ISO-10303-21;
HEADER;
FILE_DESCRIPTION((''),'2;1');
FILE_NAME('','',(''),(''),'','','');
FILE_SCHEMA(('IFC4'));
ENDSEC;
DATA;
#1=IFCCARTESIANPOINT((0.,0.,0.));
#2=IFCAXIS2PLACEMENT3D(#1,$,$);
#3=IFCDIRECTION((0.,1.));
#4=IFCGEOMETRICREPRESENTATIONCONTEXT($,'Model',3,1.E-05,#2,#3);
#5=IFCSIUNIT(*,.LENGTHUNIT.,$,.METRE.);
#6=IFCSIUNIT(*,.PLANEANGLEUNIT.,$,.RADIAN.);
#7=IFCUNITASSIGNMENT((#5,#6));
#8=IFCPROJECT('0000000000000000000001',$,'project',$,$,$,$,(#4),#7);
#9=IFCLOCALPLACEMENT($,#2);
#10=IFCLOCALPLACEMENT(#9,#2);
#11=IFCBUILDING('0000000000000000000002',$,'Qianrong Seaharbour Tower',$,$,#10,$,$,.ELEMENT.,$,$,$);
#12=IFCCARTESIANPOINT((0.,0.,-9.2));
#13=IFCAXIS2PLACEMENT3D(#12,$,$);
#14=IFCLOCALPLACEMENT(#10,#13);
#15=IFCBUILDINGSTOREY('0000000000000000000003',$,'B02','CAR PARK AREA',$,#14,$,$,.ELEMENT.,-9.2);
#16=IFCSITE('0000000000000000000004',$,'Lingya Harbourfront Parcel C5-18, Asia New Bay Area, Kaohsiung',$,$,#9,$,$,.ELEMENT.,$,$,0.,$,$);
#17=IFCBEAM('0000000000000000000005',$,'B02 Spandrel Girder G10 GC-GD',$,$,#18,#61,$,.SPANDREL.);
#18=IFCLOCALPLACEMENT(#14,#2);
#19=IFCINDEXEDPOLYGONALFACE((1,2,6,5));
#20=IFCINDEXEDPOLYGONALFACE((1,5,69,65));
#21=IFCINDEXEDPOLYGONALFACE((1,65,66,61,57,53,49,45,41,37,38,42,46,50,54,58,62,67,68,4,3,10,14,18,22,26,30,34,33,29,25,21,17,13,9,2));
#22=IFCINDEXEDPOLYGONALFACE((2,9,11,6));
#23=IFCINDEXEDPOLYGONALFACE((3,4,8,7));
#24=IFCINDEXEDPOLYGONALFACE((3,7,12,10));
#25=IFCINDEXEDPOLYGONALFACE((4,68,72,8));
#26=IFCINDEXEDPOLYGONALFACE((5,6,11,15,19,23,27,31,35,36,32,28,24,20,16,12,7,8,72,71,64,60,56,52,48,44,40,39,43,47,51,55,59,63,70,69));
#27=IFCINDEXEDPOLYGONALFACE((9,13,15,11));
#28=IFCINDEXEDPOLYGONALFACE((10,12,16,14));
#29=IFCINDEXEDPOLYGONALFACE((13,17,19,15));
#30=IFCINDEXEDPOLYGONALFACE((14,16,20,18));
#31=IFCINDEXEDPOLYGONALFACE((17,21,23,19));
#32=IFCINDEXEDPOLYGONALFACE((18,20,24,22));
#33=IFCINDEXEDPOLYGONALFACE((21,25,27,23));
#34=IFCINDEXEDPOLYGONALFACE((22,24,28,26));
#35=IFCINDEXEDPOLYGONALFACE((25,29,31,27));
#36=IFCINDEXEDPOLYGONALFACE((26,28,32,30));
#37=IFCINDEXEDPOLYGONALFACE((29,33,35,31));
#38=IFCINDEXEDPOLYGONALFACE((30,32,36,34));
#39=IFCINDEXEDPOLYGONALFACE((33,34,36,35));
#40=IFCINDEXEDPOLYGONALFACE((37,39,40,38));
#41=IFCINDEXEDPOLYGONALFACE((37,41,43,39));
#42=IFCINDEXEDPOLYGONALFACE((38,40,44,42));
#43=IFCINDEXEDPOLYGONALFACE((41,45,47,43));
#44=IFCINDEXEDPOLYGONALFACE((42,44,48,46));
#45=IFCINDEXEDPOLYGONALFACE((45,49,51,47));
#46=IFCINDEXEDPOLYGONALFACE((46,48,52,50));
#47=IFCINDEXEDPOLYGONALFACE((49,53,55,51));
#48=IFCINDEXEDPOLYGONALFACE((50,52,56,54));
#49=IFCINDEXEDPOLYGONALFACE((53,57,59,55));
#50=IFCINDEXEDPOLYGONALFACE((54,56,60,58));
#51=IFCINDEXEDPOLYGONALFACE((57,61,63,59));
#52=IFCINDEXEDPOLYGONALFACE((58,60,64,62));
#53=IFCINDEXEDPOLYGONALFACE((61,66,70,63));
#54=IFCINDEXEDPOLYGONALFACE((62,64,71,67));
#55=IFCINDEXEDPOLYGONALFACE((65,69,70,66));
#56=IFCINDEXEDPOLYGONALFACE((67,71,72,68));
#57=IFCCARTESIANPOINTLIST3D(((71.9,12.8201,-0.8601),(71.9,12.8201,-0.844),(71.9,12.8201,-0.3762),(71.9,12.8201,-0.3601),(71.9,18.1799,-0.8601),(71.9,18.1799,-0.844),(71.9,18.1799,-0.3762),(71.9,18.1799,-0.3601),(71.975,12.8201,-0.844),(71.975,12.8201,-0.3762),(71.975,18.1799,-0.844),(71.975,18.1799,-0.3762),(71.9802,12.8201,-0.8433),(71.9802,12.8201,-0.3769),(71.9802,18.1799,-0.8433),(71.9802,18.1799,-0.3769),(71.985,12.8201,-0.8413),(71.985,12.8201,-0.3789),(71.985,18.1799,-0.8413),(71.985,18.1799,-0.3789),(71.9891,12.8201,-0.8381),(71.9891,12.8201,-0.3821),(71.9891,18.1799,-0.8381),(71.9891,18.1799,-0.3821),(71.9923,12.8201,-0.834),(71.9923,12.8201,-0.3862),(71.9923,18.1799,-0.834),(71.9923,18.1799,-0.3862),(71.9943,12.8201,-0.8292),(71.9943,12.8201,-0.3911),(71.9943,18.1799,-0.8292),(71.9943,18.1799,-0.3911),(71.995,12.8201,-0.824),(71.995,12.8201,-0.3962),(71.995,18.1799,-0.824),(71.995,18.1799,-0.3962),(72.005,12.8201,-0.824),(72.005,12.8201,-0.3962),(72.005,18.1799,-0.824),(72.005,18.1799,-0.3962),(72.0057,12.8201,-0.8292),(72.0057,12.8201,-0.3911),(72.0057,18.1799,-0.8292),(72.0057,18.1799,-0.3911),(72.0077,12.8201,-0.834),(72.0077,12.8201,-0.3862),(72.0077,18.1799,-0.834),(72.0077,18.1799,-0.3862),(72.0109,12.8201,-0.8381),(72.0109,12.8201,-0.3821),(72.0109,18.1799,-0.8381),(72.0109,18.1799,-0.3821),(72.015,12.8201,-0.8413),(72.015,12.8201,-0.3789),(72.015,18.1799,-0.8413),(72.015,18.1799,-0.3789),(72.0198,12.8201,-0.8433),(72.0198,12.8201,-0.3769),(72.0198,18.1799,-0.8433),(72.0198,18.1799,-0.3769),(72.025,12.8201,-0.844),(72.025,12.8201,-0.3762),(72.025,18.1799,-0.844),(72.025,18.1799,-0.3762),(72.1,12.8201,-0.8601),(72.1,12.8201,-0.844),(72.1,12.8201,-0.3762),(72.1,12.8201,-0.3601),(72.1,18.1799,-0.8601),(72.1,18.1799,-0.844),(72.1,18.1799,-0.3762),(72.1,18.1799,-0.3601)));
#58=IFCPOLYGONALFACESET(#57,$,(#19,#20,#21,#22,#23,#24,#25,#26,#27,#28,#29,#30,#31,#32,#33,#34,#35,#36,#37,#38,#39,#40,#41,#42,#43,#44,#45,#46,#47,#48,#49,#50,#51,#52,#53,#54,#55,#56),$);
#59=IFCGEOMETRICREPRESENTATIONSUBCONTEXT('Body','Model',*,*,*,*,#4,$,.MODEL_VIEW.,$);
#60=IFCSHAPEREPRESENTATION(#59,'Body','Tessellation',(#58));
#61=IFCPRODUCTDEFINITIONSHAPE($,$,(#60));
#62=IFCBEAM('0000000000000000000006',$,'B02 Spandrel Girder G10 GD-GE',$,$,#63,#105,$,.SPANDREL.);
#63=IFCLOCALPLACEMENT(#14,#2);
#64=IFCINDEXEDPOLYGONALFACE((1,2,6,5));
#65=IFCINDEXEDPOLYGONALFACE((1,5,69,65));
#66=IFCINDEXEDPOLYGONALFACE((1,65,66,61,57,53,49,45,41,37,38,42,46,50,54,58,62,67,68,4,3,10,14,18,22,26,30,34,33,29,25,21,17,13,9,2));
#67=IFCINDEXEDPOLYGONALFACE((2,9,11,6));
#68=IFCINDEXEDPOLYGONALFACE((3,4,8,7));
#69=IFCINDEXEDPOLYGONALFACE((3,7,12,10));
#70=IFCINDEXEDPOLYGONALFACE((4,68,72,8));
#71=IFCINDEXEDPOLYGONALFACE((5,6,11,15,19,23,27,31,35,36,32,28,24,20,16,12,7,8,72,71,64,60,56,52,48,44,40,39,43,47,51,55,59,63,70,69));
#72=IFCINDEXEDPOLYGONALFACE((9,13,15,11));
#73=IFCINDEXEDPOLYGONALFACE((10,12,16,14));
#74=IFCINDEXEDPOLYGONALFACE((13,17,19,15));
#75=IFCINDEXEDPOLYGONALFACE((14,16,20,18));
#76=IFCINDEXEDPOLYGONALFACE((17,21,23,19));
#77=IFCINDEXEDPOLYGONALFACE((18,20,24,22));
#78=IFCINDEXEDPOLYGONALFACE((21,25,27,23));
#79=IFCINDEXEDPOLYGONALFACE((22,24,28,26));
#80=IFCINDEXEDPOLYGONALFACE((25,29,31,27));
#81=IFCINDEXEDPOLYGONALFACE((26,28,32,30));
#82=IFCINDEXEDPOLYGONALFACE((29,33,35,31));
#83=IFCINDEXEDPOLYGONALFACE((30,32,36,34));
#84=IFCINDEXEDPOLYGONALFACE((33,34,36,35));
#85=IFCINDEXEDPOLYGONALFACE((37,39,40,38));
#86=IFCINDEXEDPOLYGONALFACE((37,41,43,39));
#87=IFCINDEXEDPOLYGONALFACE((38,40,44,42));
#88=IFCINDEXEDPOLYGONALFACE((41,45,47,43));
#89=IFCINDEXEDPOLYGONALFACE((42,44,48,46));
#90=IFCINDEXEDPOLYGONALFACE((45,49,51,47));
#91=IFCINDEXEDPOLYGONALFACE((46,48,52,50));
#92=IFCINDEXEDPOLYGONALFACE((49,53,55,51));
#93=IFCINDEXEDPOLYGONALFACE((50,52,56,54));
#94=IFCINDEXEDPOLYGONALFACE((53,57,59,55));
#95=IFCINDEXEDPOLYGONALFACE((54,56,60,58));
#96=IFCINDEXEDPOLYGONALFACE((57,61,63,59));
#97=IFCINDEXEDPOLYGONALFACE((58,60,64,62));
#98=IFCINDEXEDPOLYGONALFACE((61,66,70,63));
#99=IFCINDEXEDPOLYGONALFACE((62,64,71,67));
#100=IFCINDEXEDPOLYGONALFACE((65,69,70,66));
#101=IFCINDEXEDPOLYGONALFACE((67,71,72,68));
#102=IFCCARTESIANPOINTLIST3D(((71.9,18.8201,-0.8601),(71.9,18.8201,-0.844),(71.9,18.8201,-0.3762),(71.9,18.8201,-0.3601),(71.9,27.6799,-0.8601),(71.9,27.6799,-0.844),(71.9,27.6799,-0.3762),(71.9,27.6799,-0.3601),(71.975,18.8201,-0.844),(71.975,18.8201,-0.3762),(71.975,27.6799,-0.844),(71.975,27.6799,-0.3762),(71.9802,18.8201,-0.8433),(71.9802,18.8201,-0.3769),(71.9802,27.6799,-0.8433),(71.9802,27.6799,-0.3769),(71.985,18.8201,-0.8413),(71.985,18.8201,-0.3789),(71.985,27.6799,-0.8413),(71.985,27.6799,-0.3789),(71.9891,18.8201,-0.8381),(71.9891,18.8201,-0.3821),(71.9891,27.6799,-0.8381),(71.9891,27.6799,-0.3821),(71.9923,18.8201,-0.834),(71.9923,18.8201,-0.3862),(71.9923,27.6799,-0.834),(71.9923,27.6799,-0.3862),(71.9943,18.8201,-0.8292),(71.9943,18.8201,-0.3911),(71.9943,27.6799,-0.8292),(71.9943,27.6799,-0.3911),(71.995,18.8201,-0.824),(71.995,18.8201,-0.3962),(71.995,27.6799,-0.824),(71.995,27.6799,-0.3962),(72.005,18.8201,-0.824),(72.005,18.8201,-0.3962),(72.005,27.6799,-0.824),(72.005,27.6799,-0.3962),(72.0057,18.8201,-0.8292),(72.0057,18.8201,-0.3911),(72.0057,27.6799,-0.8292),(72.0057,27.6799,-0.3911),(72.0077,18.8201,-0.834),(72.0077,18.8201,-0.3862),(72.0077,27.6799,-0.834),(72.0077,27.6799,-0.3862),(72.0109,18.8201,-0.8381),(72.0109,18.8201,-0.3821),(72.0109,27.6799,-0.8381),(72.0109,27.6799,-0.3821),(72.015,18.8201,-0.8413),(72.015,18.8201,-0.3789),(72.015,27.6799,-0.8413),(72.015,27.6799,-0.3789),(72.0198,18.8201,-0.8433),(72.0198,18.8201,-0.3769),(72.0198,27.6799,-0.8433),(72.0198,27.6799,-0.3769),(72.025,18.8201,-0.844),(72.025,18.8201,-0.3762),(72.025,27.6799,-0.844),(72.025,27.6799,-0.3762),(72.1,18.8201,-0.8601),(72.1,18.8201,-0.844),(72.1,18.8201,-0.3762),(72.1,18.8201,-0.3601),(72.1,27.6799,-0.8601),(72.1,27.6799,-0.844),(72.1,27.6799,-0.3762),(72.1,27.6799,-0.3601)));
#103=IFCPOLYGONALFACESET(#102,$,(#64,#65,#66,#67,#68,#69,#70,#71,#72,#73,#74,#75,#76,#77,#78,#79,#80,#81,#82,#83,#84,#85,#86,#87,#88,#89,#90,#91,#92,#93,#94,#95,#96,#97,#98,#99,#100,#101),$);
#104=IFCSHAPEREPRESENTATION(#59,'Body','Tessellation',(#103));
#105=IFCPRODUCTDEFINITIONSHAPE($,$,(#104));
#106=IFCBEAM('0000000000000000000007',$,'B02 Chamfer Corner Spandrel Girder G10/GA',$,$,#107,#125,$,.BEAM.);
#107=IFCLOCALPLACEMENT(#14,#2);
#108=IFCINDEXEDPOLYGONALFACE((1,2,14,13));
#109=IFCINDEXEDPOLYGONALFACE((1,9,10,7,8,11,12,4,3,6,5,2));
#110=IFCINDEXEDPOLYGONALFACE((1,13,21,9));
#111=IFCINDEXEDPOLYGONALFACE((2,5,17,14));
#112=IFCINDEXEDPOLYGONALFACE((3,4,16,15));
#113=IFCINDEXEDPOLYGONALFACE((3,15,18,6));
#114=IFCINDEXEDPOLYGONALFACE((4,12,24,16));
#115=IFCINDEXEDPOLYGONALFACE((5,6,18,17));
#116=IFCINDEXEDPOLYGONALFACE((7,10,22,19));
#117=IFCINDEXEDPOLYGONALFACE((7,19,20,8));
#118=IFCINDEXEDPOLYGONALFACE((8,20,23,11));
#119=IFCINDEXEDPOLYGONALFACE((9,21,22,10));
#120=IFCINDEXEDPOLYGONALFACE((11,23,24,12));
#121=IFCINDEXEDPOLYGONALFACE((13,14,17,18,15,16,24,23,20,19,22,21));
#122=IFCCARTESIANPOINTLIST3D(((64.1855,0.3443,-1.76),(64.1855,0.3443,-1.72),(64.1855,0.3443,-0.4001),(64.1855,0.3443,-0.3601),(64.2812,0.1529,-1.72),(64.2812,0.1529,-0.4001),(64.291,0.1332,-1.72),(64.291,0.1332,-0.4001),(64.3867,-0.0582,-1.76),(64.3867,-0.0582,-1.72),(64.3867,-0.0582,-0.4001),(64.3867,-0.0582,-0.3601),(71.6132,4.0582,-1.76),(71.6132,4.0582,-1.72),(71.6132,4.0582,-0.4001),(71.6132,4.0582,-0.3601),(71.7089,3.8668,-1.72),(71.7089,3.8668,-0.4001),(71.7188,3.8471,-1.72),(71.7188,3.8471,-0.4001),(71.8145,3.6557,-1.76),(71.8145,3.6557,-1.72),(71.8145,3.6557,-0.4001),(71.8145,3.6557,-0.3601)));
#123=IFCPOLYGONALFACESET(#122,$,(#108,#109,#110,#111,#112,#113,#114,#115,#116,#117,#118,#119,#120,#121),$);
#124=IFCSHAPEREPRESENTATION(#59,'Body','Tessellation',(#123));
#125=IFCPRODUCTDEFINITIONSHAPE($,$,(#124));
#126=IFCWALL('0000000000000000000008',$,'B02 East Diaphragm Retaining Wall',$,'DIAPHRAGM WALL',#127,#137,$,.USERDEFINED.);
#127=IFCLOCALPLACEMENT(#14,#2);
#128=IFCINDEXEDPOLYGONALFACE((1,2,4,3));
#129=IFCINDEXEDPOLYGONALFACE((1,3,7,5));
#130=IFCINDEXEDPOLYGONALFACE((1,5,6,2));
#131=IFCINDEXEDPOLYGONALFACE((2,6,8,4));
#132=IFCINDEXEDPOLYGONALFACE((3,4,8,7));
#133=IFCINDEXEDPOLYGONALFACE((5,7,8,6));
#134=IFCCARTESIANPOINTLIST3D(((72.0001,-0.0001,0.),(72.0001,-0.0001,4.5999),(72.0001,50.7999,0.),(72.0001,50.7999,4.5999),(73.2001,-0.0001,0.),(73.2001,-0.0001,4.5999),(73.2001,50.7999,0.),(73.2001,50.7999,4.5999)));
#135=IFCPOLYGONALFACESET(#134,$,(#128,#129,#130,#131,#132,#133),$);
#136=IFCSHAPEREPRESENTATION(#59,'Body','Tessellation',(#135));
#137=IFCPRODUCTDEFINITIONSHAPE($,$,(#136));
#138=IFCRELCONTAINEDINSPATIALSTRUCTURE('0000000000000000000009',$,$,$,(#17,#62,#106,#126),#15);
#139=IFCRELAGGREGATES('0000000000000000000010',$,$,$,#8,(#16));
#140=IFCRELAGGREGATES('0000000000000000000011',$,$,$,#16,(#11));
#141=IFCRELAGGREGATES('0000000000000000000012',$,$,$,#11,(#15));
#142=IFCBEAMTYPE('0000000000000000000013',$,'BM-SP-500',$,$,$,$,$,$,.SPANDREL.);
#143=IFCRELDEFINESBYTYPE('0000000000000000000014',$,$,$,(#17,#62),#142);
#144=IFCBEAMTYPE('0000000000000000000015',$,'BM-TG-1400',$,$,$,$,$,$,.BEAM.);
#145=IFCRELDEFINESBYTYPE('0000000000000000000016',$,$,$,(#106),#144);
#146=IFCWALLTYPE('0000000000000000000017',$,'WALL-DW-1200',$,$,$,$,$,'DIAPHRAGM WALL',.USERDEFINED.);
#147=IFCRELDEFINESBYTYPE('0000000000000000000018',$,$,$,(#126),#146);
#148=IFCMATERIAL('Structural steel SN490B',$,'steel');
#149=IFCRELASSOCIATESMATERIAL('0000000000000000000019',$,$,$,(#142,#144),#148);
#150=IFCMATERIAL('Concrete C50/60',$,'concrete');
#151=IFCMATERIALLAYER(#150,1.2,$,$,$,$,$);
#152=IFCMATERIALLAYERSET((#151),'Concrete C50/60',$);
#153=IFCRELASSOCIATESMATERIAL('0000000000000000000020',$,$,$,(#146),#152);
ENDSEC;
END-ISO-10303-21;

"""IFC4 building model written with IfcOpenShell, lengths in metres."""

from ifc_helpers import new_model, si_unit, direction, frame, frame_2d, origin, origin_2d, place, context, subcontext, project, spatial, rectangle, i_section, extrude, material, layer, layer_set, material_profile, profile_set, type_object, element, save


model = new_model("IFC4")

# Units and contexts
model_context = context("Model", 3, precision=1e-05, world=origin(), true_north=direction((0.0, 1.0)))
body_context = subcontext(model_context, "Body", "Model", "MODEL_VIEW")
ifc_project = project(units=[si_unit("LENGTHUNIT", "METRE"), si_unit("PLANEANGLEUNIT", "RADIAN")], contexts=[model_context])

# Site, building, storey
site_placement = place(None, origin())
site = spatial("IfcSite", under=ifc_project, at=site_placement, Name="Lingya Harbourfront Parcel C5-18, Asia New Bay Area, Kaohsiung", CompositionType="ELEMENT", RefElevation=0.0)
building_placement = place(site_placement, origin())
building = spatial("IfcBuilding", under=site, at=building_placement, Name="Qianrong Seaharbour Tower", CompositionType="ELEMENT")
storey_placement = place(building_placement, frame((0.0, 0.0, -9.2)))
storey = spatial("IfcBuildingStorey", under=building, at=storey_placement, Name="B02", Description="CAR PARK AREA", CompositionType="ELEMENT", Elevation=-9.2)

# Shared definitions
ifc_material_1 = material(Name="Structural steel SN490B", Category="steel")

# Beams
ifc_material_2 = material(Name="Concrete C50/60", Category="concrete")
ifc_material_profile_1 = material_profile(ifc_material_1, i_section(OverallWidth=0.2, OverallDepth=0.5, WebThickness=0.01, FlangeThickness=0.0161, FilletRadius=0.02, at=origin_2d()), Name="H500x200x10x16")
ifc_profile_set_1 = profile_set([ifc_material_profile_1], Name="Structural steel SN490B")
beam_type_1 = type_object("IfcBeamType", Name="BM-SP-500", PredefinedType="SPANDREL", material=ifc_profile_set_1)
beam_1_placement = place(storey_placement, frame((72.0, 12.8201, -0.6101), z_axis=(0.0, 1.0, 0.0), x_axis=(-1.0, 0.0, 0.0)))
element("IfcBeam", 1, at=beam_1_placement, inside=storey, type_object=beam_type_1, Name="B02 Spandrel Girder G10 GC-GD", PredefinedType="SPANDREL", context=body_context, shape_type="SweptSolid", body=[
    extrude(i_section(OverallWidth=0.2, OverallDepth=0.5, WebThickness=0.01, FlangeThickness=0.0161, FilletRadius=0.02, at=origin_2d()), origin(), (0.0, 0.0, 1.0), 5.3599),
])
beam_2_placement = place(storey_placement, frame((72.0, 18.8201, -0.6101), z_axis=(0.0, 1.0, 0.0), x_axis=(-1.0, 0.0, 0.0)))
element("IfcBeam", 2, at=beam_2_placement, inside=storey, type_object=beam_type_1, Name="B02 Spandrel Girder G10 GD-GE", PredefinedType="SPANDREL", context=body_context, shape_type="SweptSolid", body=[
    extrude(i_section(OverallWidth=0.2, OverallDepth=0.5, WebThickness=0.01, FlangeThickness=0.0161, FilletRadius=0.02, at=origin_2d()), origin(), (0.0, 0.0, 1.0), 8.8599),
])
ifc_material_profile_2 = material_profile(ifc_material_1, i_section(OverallWidth=0.45, OverallDepth=1.3999, WebThickness=0.022, FlangeThickness=0.04, at=origin_2d()), Name="BH1400x450x22x40")
ifc_profile_set_2 = profile_set([ifc_material_profile_2], Name="Structural steel SN490B")
beam_type_2 = type_object("IfcBeamType", Name="BM-TG-1400", PredefinedType="BEAM", material=ifc_profile_set_2)
beam_3_placement = place(storey_placement, frame((64.2861, 0.1431, -1.0601), z_axis=(0.894427, 0.447214, 0.0), x_axis=(-0.447214, 0.894427, 0.0)))
element("IfcBeam", 3, at=beam_3_placement, inside=storey, type_object=beam_type_2, Name="B02 Chamfer Corner Spandrel Girder G10/GA", PredefinedType="BEAM", context=body_context, shape_type="SweptSolid", body=[
    extrude(i_section(OverallWidth=0.45, OverallDepth=1.3999, WebThickness=0.022, FlangeThickness=0.04, at=origin_2d()), origin(), (0.0, 0.0, 1.0), 8.3044),
])

# Wall
ifc_layer = layer(ifc_material_2, 1.2)
ifc_layer_set = layer_set([ifc_layer], Name="Concrete C50/60")
wall_type = type_object("IfcWallType", Name="WALL-DW-1200", ElementType="DIAPHRAGM WALL", PredefinedType="USERDEFINED", material=ifc_layer_set)
wall_placement = place(storey_placement, frame((72.6001, 0.0, 0.0), z_axis=(0.0, 0.0, 1.0), x_axis=(0.0, 1.0, 0.0)))
element("IfcWall", 4, at=wall_placement, inside=storey, type_object=wall_type, Name="B02 East Diaphragm Retaining Wall", ObjectType="DIAPHRAGM WALL", PredefinedType="USERDEFINED", context=body_context, shape_type="SweptSolid", body=[
    extrude(rectangle(XDim=50.8, YDim=1.2, at=frame_2d((25.3999, 0.0))), origin(), (0.0, 0.0, 1.0), 4.5999),
])

save(model, "model.ifc")
